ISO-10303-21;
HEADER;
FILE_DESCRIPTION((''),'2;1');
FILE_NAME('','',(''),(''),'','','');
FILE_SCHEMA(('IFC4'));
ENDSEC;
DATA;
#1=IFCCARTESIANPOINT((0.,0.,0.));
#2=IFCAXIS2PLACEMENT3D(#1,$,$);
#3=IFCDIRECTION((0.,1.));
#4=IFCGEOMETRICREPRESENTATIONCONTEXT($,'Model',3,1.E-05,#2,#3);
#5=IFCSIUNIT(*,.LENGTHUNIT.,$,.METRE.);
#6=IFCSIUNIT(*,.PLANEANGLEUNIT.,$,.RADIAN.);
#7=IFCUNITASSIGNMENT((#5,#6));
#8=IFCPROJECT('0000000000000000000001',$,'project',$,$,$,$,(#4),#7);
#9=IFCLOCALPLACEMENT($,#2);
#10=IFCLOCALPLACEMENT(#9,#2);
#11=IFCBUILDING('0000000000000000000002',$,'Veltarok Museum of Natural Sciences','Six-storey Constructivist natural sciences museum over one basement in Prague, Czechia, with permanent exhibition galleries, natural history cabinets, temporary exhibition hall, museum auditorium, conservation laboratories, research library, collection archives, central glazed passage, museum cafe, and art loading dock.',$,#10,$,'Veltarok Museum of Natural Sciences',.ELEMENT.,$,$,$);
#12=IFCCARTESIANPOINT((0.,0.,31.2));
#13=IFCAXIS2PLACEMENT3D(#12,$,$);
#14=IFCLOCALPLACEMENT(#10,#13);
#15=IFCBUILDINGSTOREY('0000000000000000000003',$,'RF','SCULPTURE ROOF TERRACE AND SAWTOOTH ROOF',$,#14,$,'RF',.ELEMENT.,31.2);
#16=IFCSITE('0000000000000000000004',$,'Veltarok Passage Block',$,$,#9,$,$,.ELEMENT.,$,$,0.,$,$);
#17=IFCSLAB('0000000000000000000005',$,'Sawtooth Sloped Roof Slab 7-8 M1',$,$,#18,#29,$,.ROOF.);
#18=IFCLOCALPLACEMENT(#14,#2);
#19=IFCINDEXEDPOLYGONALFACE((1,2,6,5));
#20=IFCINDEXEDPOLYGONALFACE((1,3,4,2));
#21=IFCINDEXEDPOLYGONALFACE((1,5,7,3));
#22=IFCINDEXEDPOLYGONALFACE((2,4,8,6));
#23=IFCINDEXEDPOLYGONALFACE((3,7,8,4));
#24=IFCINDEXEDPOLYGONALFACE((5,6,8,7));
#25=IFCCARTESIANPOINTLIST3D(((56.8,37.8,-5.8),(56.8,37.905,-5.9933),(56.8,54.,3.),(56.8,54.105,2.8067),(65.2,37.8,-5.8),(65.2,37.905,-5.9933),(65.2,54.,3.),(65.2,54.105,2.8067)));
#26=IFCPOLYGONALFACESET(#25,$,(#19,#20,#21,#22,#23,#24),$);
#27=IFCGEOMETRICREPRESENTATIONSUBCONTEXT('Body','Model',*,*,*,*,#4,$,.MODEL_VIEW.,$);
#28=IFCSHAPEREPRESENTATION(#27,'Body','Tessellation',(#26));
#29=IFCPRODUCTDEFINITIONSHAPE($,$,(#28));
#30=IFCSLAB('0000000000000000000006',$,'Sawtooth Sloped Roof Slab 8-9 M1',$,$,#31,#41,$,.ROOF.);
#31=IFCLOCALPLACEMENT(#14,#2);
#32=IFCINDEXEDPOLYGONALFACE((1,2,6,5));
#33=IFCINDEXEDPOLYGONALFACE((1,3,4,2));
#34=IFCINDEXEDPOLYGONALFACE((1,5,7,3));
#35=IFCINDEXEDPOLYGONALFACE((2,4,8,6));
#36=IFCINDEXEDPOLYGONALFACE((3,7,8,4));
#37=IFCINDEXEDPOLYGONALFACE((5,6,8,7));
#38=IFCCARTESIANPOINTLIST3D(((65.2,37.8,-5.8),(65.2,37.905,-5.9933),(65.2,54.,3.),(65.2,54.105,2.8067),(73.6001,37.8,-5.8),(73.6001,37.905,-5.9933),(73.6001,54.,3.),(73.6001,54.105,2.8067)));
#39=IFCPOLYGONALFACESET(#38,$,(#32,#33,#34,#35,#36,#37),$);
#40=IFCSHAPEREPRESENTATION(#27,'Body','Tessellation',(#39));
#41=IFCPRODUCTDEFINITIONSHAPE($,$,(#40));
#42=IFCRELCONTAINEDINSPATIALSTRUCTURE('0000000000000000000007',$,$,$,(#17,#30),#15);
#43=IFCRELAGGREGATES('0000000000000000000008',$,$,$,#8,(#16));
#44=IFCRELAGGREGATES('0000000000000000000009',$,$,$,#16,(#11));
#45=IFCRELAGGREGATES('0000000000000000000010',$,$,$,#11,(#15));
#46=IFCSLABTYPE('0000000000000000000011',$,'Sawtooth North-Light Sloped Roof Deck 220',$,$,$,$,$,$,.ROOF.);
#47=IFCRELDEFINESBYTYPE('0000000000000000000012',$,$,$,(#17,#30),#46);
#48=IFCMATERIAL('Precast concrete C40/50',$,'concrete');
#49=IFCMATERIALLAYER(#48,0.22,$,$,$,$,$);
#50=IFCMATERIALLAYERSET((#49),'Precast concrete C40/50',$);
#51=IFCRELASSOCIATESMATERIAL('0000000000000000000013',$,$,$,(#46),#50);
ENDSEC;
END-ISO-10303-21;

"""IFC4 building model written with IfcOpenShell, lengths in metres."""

from ifc_helpers import new_model, si_unit, direction, frame, origin, place, context, subcontext, project, spatial, polyline, outline, extrude, material, layer, layer_set, type_object, element, save


model = new_model("IFC4")

# Units and contexts
model_context = context("Model", 3, precision=1e-05, world=origin(), true_north=direction((0.0, 1.0)))
body_context = subcontext(model_context, "Body", "Model", "MODEL_VIEW")
ifc_project = project(units=[si_unit("LENGTHUNIT", "METRE"), si_unit("PLANEANGLEUNIT", "RADIAN")], contexts=[model_context])

# Site, building, storey
site_placement = place(None, origin())
site = spatial("IfcSite", under=ifc_project, at=site_placement, Name="Veltarok Passage Block", CompositionType="ELEMENT", RefElevation=0.0)
building_placement = place(site_placement, origin())
building = spatial("IfcBuilding", under=site, at=building_placement, Name="Veltarok Museum of Natural Sciences", Description="Six-storey Constructivist natural sciences museum over one basement in Prague, Czechia, with permanent exhibition galleries, natural history cabinets, temporary exhibition hall, museum auditorium, conservation laboratories, research library, collection archives, central glazed passage, museum cafe, and art loading dock.", LongName="Veltarok Museum of Natural Sciences", CompositionType="ELEMENT")
storey_placement = place(building_placement, frame((0.0, 0.0, 31.2)))
storey = spatial("IfcBuildingStorey", under=building, at=storey_placement, Name="RF", Description="SCULPTURE ROOF TERRACE AND SAWTOOTH ROOF", LongName="RF", CompositionType="ELEMENT", Elevation=31.2)

# Slabs
ifc_material_1 = material(Name="Precast concrete C40/50", Category="concrete")
ifc_layer_1 = layer(ifc_material_1, 0.22)
ifc_layer_set_1 = layer_set([ifc_layer_1], Name="Precast concrete C40/50")
slab_type = type_object("IfcSlabType", Name="Sawtooth North-Light Sloped Roof Deck 220", PredefinedType="ROOF", material=ifc_layer_set_1)
slab_1_placement = place(storey_placement, frame((56.8, 37.8, -5.8), z_axis=(0.0, -0.477334, 0.878722), x_axis=(1.0, 0.0, 0.0)))
element("IfcSlab", 1, at=slab_1_placement, inside=storey, type_object=slab_type, Name="Sawtooth Sloped Roof Slab 7-8 M1", PredefinedType="ROOF", context=body_context, shape_type="SweptSolid", body=[
    extrude(outline(polyline([(0.0, 0.0), (8.3999, 0.0), (8.3999, 18.4358), (0.0, 18.4358), (0.0, 0.0)])), origin(), (0.0, 0.0, -1.0), 0.22),
])
slab_2_placement = place(storey_placement, frame((65.2, 37.8, -5.8), z_axis=(0.0, -0.477334, 0.878722), x_axis=(1.0, 0.0, 0.0)))
element("IfcSlab", 2, at=slab_2_placement, inside=storey, type_object=slab_type, Name="Sawtooth Sloped Roof Slab 8-9 M1", PredefinedType="ROOF", context=body_context, shape_type="SweptSolid", body=[
    extrude(outline(polyline([(0.0, 0.0), (8.4001, 0.0), (8.4001, 18.4358), (0.0, 18.4358), (0.0, 0.0)])), origin(), (0.0, 0.0, -1.0), 0.22),
])

save(model, "model.ifc")
